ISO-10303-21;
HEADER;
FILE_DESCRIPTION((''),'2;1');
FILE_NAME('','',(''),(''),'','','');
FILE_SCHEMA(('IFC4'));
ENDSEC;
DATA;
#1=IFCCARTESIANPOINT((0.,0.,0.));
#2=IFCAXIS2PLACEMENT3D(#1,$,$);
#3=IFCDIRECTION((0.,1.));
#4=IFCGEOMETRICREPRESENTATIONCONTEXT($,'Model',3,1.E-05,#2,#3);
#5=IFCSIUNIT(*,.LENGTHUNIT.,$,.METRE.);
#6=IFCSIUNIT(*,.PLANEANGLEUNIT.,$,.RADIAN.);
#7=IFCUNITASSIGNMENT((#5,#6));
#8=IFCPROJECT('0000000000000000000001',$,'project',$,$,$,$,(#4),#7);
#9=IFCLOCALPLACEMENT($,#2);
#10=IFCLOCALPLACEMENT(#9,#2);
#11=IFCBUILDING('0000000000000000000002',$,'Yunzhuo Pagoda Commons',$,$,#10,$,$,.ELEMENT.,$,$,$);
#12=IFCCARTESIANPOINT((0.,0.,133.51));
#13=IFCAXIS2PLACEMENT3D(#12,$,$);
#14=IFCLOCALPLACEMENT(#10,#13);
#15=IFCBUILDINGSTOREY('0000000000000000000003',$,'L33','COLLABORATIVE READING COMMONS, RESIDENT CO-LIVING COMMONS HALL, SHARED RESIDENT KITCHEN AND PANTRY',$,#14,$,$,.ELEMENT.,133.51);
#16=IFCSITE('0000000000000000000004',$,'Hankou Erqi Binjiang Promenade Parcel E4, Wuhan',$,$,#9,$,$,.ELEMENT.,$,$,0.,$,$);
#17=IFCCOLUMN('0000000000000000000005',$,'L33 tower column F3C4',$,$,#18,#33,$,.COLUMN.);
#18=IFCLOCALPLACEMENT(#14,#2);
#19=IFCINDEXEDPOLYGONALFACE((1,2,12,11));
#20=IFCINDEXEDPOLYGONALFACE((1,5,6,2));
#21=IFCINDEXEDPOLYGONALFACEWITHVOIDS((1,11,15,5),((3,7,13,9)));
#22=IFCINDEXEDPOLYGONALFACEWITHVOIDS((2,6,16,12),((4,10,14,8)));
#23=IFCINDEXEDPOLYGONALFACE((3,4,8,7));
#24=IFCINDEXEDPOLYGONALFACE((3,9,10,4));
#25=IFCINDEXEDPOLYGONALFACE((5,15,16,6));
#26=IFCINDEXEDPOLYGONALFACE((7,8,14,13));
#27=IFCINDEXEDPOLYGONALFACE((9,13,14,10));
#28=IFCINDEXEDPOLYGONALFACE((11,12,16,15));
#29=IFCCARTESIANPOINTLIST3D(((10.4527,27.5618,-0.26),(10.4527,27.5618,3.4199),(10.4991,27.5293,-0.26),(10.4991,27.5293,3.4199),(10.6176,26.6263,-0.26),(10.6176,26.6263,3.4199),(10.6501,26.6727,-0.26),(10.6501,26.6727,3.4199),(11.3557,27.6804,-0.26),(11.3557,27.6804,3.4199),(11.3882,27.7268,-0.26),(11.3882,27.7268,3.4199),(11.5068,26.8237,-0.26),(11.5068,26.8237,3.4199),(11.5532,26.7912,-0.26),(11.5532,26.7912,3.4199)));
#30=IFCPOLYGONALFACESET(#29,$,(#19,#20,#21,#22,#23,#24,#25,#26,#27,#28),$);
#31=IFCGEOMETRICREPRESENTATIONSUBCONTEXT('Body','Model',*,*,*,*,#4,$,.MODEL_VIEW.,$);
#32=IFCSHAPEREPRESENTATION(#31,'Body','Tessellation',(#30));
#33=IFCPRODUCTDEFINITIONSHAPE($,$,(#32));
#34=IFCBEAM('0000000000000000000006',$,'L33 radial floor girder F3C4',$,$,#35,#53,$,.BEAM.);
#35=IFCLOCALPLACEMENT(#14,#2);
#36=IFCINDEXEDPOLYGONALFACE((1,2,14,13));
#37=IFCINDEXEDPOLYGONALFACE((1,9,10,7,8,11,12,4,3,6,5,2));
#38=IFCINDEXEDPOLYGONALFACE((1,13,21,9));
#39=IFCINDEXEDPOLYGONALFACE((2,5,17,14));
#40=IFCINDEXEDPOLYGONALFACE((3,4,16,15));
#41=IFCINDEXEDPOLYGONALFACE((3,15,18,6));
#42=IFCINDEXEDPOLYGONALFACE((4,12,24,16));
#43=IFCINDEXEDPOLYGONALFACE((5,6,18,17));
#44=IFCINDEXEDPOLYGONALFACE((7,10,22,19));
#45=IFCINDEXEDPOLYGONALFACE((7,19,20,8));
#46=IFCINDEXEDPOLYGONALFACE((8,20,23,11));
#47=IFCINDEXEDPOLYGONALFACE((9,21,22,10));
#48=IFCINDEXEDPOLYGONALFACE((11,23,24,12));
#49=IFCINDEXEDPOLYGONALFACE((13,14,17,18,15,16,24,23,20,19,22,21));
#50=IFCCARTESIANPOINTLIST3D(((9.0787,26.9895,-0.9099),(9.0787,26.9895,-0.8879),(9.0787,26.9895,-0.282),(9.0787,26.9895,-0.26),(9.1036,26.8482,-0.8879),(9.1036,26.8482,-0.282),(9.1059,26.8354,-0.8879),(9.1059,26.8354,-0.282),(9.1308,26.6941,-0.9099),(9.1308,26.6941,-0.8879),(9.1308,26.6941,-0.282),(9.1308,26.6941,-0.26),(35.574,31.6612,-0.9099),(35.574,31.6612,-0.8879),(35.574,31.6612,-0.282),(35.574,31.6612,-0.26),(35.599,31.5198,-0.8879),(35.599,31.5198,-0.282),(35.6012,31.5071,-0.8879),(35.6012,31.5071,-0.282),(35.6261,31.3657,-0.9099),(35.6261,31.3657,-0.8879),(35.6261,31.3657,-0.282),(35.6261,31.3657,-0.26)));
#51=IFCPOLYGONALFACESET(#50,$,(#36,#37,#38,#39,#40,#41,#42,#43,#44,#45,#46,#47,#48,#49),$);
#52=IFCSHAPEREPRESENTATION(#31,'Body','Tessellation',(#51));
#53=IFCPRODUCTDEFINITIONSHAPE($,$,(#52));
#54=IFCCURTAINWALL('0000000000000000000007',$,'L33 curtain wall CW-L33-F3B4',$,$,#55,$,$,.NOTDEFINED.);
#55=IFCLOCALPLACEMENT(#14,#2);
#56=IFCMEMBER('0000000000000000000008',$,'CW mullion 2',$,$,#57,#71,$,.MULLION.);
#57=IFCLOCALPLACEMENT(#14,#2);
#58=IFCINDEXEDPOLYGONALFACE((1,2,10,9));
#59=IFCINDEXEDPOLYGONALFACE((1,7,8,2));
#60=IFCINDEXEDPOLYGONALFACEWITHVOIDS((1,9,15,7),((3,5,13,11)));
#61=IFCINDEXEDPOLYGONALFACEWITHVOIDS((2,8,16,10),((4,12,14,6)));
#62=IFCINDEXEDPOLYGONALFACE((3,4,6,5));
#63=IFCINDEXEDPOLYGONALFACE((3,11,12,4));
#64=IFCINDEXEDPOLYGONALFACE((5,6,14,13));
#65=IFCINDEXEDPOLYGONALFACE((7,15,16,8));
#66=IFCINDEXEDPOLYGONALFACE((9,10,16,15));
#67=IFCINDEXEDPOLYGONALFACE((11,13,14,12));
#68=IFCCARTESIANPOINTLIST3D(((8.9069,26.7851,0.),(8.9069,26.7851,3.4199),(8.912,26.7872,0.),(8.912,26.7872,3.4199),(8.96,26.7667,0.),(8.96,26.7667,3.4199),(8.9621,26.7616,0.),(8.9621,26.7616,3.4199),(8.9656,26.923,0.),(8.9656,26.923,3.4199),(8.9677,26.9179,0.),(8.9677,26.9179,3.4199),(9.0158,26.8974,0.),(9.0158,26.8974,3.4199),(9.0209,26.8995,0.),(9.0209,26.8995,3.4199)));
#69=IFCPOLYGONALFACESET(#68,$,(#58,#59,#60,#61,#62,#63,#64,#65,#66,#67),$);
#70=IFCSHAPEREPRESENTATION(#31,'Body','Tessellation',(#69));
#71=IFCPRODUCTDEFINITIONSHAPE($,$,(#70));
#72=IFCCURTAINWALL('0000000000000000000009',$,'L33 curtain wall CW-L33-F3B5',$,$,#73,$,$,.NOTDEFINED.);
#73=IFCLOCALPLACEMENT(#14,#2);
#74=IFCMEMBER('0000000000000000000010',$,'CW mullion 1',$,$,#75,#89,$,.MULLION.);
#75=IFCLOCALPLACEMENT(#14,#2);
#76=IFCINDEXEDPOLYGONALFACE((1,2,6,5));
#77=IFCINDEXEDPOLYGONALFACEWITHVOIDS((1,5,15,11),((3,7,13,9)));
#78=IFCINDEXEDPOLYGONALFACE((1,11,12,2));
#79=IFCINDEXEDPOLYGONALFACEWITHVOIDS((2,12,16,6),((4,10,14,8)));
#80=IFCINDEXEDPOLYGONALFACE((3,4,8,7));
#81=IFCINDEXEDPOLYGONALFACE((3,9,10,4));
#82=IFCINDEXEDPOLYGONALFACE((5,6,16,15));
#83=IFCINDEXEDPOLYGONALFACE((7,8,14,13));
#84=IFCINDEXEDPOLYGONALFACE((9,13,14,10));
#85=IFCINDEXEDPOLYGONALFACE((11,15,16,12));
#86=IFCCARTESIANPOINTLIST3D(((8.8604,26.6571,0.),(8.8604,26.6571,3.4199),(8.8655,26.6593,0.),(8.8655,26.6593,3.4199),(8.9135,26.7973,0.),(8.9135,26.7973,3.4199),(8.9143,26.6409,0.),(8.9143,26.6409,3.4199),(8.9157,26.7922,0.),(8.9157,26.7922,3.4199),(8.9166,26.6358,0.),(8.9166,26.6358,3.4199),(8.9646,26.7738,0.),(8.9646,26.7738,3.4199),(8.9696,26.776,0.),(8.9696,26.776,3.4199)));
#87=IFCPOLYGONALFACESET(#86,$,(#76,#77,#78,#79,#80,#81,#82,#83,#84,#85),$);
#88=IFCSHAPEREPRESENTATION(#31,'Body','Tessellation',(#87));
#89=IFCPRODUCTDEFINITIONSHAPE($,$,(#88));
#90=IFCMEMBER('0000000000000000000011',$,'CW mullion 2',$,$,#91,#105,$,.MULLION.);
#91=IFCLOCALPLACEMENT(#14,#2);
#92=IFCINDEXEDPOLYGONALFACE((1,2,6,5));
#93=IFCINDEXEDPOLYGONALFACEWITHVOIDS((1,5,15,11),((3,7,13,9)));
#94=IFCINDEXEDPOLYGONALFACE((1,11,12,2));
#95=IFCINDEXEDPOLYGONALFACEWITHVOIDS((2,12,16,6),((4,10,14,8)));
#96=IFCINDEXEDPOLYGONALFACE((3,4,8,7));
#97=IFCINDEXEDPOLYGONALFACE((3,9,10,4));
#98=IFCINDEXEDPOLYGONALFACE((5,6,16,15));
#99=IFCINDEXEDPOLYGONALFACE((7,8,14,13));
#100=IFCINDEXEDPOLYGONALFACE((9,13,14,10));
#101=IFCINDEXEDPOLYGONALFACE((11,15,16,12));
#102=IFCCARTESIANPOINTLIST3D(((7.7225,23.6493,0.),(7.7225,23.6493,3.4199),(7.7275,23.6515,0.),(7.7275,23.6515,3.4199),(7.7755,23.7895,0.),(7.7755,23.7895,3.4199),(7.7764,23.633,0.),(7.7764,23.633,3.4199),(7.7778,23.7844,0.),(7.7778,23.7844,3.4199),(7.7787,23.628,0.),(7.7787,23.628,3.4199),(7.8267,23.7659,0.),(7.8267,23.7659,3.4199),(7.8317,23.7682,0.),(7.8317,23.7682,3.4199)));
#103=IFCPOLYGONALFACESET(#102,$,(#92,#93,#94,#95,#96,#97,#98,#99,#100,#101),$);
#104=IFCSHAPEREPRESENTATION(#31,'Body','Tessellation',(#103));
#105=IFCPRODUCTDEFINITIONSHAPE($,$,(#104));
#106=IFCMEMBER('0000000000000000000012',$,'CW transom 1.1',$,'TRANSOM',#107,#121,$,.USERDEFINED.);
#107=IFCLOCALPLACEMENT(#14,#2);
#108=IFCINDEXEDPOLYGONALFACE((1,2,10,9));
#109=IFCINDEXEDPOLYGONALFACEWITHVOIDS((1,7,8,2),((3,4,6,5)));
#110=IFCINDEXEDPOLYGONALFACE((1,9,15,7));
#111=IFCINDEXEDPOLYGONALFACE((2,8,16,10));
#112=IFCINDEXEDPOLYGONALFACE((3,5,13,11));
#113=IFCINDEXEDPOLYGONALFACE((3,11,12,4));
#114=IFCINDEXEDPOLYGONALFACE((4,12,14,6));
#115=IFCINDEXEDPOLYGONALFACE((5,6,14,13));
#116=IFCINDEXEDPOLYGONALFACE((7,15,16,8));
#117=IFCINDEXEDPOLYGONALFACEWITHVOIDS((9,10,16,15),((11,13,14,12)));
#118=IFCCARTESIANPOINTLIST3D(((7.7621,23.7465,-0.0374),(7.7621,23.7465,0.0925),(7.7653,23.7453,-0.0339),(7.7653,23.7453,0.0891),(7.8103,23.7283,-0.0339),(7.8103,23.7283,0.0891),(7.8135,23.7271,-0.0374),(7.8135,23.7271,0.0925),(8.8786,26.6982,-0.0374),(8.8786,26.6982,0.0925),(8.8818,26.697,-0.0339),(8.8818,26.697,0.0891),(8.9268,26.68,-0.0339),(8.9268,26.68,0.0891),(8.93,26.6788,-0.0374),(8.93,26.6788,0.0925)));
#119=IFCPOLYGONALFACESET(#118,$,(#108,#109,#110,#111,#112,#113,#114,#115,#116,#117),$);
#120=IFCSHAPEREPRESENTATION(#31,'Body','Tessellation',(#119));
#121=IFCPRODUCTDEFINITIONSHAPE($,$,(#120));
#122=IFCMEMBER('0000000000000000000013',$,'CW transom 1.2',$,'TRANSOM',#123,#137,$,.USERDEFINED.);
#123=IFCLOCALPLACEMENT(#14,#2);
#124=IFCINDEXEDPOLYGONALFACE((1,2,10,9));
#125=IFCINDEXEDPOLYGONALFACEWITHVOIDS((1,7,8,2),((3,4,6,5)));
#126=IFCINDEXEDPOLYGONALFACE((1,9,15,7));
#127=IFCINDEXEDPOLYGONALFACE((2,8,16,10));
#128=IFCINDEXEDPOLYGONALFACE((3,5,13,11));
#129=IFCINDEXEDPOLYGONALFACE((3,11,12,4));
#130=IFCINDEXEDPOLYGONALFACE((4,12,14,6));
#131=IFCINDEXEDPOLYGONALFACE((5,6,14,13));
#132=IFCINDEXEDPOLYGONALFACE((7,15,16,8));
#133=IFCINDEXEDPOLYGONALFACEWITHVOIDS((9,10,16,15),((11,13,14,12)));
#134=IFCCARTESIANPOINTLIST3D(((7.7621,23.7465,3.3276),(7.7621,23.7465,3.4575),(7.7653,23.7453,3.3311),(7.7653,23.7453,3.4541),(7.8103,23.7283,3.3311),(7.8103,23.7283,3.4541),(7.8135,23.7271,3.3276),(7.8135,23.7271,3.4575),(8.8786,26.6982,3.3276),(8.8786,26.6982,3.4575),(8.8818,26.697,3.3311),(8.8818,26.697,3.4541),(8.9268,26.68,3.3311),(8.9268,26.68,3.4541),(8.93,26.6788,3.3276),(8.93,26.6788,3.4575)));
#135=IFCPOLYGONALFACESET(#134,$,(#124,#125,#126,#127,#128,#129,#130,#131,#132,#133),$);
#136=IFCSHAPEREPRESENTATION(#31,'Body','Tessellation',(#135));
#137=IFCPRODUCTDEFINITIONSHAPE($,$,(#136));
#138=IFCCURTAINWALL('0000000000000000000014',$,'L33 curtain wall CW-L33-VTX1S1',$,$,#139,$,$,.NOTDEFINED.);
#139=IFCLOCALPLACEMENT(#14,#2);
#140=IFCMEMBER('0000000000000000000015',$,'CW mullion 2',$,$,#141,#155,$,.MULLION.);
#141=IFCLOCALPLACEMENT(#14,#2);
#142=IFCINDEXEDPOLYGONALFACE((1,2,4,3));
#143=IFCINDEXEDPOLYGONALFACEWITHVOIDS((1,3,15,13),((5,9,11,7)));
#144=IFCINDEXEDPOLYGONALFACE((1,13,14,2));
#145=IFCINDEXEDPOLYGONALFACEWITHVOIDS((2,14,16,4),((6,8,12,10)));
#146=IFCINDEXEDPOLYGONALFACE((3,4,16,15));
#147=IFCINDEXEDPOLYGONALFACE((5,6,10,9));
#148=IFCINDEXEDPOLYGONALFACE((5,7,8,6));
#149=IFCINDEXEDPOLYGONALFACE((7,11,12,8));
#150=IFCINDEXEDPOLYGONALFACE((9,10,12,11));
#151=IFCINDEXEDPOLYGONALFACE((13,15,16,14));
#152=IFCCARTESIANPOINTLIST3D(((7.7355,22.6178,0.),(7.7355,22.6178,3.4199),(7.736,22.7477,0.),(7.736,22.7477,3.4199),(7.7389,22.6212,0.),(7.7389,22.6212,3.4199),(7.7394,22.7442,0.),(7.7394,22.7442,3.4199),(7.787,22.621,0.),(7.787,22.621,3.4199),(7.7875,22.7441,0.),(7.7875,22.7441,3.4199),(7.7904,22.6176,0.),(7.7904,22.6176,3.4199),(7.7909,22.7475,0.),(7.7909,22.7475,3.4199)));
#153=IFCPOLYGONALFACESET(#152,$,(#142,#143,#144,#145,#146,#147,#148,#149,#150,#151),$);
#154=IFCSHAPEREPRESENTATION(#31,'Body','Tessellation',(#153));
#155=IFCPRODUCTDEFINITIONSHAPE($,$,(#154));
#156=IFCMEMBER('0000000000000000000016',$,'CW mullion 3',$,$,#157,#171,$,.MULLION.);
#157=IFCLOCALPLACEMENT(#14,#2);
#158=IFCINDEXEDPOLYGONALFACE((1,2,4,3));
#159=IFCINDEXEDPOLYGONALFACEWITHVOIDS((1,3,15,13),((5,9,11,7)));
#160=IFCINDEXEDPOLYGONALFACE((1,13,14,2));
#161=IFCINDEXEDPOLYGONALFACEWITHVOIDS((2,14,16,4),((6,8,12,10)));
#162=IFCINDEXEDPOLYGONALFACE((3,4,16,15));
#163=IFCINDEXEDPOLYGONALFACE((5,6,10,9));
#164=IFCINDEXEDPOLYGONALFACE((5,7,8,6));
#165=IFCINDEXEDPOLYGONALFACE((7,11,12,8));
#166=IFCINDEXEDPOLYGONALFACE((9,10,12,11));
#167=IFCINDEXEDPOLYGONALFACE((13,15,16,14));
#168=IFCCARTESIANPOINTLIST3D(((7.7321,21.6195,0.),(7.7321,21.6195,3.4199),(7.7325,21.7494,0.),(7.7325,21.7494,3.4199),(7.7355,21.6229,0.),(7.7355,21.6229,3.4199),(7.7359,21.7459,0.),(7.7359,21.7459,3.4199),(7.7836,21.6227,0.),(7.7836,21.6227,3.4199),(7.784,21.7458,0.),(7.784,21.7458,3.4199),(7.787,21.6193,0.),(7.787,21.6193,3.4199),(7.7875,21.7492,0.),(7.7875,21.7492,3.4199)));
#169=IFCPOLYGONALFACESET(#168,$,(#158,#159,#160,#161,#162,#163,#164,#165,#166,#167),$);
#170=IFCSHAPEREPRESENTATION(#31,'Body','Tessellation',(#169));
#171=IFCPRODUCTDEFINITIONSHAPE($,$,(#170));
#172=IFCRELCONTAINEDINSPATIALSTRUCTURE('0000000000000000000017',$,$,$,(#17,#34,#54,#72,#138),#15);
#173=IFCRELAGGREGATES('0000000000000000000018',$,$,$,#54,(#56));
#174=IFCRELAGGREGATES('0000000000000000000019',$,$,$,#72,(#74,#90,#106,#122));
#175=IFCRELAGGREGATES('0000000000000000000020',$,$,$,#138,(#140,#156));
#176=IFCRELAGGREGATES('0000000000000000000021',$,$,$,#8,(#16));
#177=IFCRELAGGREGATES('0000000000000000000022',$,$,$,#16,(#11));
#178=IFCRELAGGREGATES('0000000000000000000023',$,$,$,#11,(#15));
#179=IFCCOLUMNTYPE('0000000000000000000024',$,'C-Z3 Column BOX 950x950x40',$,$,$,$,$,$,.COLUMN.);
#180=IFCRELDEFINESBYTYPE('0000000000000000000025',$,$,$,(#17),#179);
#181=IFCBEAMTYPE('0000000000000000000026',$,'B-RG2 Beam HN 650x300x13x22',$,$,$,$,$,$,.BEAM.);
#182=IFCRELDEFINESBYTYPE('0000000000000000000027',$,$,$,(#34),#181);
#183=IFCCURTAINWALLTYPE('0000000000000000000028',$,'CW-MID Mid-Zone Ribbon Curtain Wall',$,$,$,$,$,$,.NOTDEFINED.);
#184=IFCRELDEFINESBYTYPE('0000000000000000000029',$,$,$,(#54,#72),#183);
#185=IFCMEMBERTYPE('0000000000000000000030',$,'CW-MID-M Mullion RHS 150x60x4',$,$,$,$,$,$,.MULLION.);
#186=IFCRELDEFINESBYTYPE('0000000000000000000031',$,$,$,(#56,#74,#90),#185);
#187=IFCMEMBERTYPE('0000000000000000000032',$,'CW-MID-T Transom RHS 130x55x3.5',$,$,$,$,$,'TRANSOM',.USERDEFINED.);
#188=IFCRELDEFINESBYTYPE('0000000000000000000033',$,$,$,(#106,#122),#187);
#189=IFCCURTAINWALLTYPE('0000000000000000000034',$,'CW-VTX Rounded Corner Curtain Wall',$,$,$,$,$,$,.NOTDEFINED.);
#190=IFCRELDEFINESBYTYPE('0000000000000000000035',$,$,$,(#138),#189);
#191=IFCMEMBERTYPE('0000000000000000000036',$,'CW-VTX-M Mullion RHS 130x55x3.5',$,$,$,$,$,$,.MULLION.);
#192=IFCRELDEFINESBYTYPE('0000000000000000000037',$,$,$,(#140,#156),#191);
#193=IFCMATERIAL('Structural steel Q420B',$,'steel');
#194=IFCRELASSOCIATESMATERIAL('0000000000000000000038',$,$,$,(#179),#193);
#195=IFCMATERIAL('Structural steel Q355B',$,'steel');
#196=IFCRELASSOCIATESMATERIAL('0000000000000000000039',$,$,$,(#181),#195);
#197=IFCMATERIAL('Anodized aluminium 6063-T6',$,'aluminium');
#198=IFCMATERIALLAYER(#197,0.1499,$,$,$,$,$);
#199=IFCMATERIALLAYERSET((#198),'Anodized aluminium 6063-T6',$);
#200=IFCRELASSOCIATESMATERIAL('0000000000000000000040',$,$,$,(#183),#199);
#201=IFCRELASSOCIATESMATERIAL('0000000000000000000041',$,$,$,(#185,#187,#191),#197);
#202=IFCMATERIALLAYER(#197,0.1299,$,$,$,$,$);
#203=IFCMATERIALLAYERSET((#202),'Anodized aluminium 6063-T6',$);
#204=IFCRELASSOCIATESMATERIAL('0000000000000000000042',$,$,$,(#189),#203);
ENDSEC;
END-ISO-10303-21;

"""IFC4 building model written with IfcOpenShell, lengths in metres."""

from ifc_helpers import new_model, si_unit, direction, frame, origin, origin_2d, place, context, subcontext, project, spatial, hollow_rectangle, i_section, extrude, source, transform, mapped, material, layer, layer_set, material_profile, profile_set, type_object, element, aggregate, save


model = new_model("IFC4")

# Units and contexts
model_context = context("Model", 3, precision=1e-05, world=origin(), true_north=direction((0.0, 1.0)))
body_context = subcontext(model_context, "Body", "Model", "MODEL_VIEW")
ifc_project = project(units=[si_unit("LENGTHUNIT", "METRE"), si_unit("PLANEANGLEUNIT", "RADIAN")], contexts=[model_context])

# Site, building, storey
site_placement = place(None, origin())
site = spatial("IfcSite", under=ifc_project, at=site_placement, Name="Hankou Erqi Binjiang Promenade Parcel E4, Wuhan", CompositionType="ELEMENT", RefElevation=0.0)
building_placement = place(site_placement, origin())
building = spatial("IfcBuilding", under=site, at=building_placement, Name="Yunzhuo Pagoda Commons", CompositionType="ELEMENT")
storey_placement = place(building_placement, frame((0.0, 0.0, 133.51)))
storey = spatial("IfcBuildingStorey", under=building, at=storey_placement, Name="L33", Description="COLLABORATIVE READING COMMONS, RESIDENT CO-LIVING COMMONS HALL, SHARED RESIDENT KITCHEN AND PANTRY", CompositionType="ELEMENT", Elevation=133.51)

# Column
ifc_material_1 = material(Name="Structural steel Q420B", Category="steel")
ifc_material_profile_1 = material_profile(ifc_material_1, hollow_rectangle(XDim=0.95, YDim=0.95, WallThickness=0.04, at=origin_2d()), Name="Structural steel Q420B")
ifc_profile_set_1 = profile_set([ifc_material_profile_1], Name="Structural steel Q420B")
column_type = type_object("IfcColumnType", Name="C-Z3 Column BOX 950x950x40", PredefinedType="COLUMN", material=ifc_profile_set_1)
shared_shape_1 = source(origin(), body_context, "Body", "SweptSolid", [
    extrude(hollow_rectangle(XDim=0.95, YDim=0.95, WallThickness=0.04, at=origin_2d()), origin(), (0.0, 0.0, 1.0), 3.6799),
])
column_placement = place(storey_placement, frame((11.0029, 27.1765, -0.26), z_axis=(0.0, 0.0, 1.0), x_axis=(0.173648, -0.984808, 0.0)))
element("IfcColumn", 1, at=column_placement, inside=storey, type_object=column_type, Name="L33 tower column F3C4", PredefinedType="COLUMN", context=body_context, shape_type="MappedRepresentation", body=[
    mapped(shared_shape_1, transform((0.0, 0.0, 0.0), scale=1.0)),
])

# Beam
ifc_material_2 = material(Name="Structural steel Q355B", Category="steel")
ifc_material_profile_2 = material_profile(ifc_material_2, i_section(OverallWidth=0.3, OverallDepth=0.6499, WebThickness=0.0129, FlangeThickness=0.022, at=origin_2d()), Name="Structural steel Q355B")
ifc_profile_set_2 = profile_set([ifc_material_profile_2], Name="Structural steel Q355B")
beam_type = type_object("IfcBeamType", Name="B-RG2 Beam HN 650x300x13x22", PredefinedType="BEAM", material=ifc_profile_set_2)
shared_shape_2 = source(origin(), body_context, "Body", "SweptSolid", [
    extrude(i_section(OverallWidth=0.3, OverallDepth=0.6499, WebThickness=0.0129, FlangeThickness=0.022, at=origin_2d()), origin(), (0.0, 0.0, 1.0), 26.9041),
])
beam_placement = place(storey_placement, frame((9.1047, 26.8418, -0.585), z_axis=(0.984809, 0.17364, 0.0), x_axis=(-0.17364, 0.984809, 0.0)))
element("IfcBeam", 2, at=beam_placement, inside=storey, type_object=beam_type, Name="L33 radial floor girder F3C4", PredefinedType="BEAM", context=body_context, shape_type="MappedRepresentation", body=[
    mapped(shared_shape_2, transform((0.0, 0.0, 0.0), scale=1.0)),
])

# Curtain wall, member
ifc_material_3 = material(Name="Anodized aluminium 6063-T6", Category="aluminium")
ifc_layer_1 = layer(ifc_material_3, 0.1499)
ifc_layer_set_1 = layer_set([ifc_layer_1], Name="Anodized aluminium 6063-T6")
curtain_wall_type_1 = type_object("IfcCurtainWallType", Name="CW-MID Mid-Zone Ribbon Curtain Wall", PredefinedType="NOTDEFINED", material=ifc_layer_set_1)
curtain_wall_1_placement = place(storey_placement, origin())
curtain_wall_1 = element("IfcCurtainWall", 3, at=curtain_wall_1_placement, inside=storey, type_object=curtain_wall_type_1, Name="L33 curtain wall CW-L33-F3B4", PredefinedType="NOTDEFINED")
ifc_material_profile_3 = material_profile(ifc_material_3, hollow_rectangle(XDim=0.0601, YDim=0.1499, WallThickness=0.0039, at=origin_2d()), Name="Anodized aluminium 6063-T6")
ifc_profile_set_3 = profile_set([ifc_material_profile_3], Name="Anodized aluminium 6063-T6")
member_type_1 = type_object("IfcMemberType", Name="CW-MID-M Mullion RHS 150x60x4", PredefinedType="MULLION", material=ifc_profile_set_3)
shared_shape_3 = source(origin(), body_context, "Body", "SweptSolid", [
    extrude(hollow_rectangle(XDim=0.0601, YDim=0.1499, WallThickness=0.0039, at=origin_2d()), origin(), (0.0, 0.0, 1.0), 3.4199),
])
member_1_placement = place(storey_placement, frame((8.9639, 26.8423, 0.0), z_axis=(0.0, 0.0, 1.0), x_axis=(0.919928, -0.392087, 0.0)))
member_1 = element("IfcMember", 4, at=member_1_placement, type_object=member_type_1, Name="CW mullion 2", PredefinedType="MULLION", context=body_context, shape_type="MappedRepresentation", body=[
    mapped(shared_shape_3, transform((0.0, 0.0, 0.0), scale=1.0)),
])
aggregate(curtain_wall_1, [member_1])

# Curtain walls, members
curtain_wall_2_placement = place(storey_placement, origin())
curtain_wall_2 = element("IfcCurtainWall", 5, at=curtain_wall_2_placement, inside=storey, type_object=curtain_wall_type_1, Name="L33 curtain wall CW-L33-F3B5", PredefinedType="NOTDEFINED")
member_2_placement = place(storey_placement, frame((8.915, 26.7166, 0.0), z_axis=(0.0, 0.0, 1.0), x_axis=(0.935322, -0.353798, 0.0)))
member_2 = element("IfcMember", 6, at=member_2_placement, type_object=member_type_1, Name="CW mullion 1", PredefinedType="MULLION", context=body_context, shape_type="MappedRepresentation", body=[
    mapped(shared_shape_3, transform((0.0, 0.0, 0.0), scale=1.0)),
])
member_3_placement = place(storey_placement, frame((7.7771, 23.7087, 0.0), z_axis=(0.0, 0.0, 1.0), x_axis=(0.935322, -0.353798, 0.0)))
member_3 = element("IfcMember", 7, at=member_3_placement, type_object=member_type_1, Name="CW mullion 2", PredefinedType="MULLION", context=body_context, shape_type="MappedRepresentation", body=[
    mapped(shared_shape_3, transform((0.0, 0.0, 0.0), scale=1.0)),
])
ifc_material_profile_4 = material_profile(ifc_material_3, hollow_rectangle(XDim=0.0549, YDim=0.1299, WallThickness=0.0034, at=origin_2d()), Name="Anodized aluminium 6063-T6")
ifc_profile_set_4 = profile_set([ifc_material_profile_4], Name="Anodized aluminium 6063-T6")
member_type_2 = type_object("IfcMemberType", Name="CW-MID-T Transom RHS 130x55x3.5", ElementType="TRANSOM", PredefinedType="USERDEFINED", material=ifc_profile_set_4)
shared_shape_4 = source(origin(), body_context, "Body", "SweptSolid", [
    extrude(hollow_rectangle(XDim=0.0549, YDim=0.1299, WallThickness=0.0034, at=origin_2d()), origin(), (0.0, 0.0, 1.0), 3.1558),
])
member_4_placement = place(storey_placement, frame((8.9043, 26.6885, 0.0276), z_axis=(-0.353784, -0.935327, 0.0), x_axis=(0.935327, -0.353784, 0.0)))
member_4 = element("IfcMember", 8, at=member_4_placement, type_object=member_type_2, Name="CW transom 1.1", ObjectType="TRANSOM", PredefinedType="USERDEFINED", context=body_context, shape_type="MappedRepresentation", body=[
    mapped(shared_shape_4, transform((0.0, 0.0, 0.0), scale=1.0)),
])
member_5_placement = place(storey_placement, frame((8.9043, 26.6885, 3.3926), z_axis=(-0.353784, -0.935327, 0.0), x_axis=(0.935327, -0.353784, 0.0)))
member_5 = element("IfcMember", 9, at=member_5_placement, type_object=member_type_2, Name="CW transom 1.2", ObjectType="TRANSOM", PredefinedType="USERDEFINED", context=body_context, shape_type="MappedRepresentation", body=[
    mapped(shared_shape_4, transform((0.0, 0.0, 0.0), scale=1.0)),
])
ifc_layer_2 = layer(ifc_material_3, 0.1299)
ifc_layer_set_2 = layer_set([ifc_layer_2], Name="Anodized aluminium 6063-T6")
curtain_wall_type_2 = type_object("IfcCurtainWallType", Name="CW-VTX Rounded Corner Curtain Wall", PredefinedType="NOTDEFINED", material=ifc_layer_set_2)
curtain_wall_3_placement = place(storey_placement, origin())
curtain_wall_3 = element("IfcCurtainWall", 10, at=curtain_wall_3_placement, inside=storey, type_object=curtain_wall_type_2, Name="L33 curtain wall CW-L33-VTX1S1", PredefinedType="NOTDEFINED")
ifc_material_profile_5 = material_profile(ifc_material_3, hollow_rectangle(XDim=0.0549, YDim=0.1299, WallThickness=0.0034, at=origin_2d()), Name="Anodized aluminium 6063-T6")
ifc_profile_set_5 = profile_set([ifc_material_profile_5], Name="Anodized aluminium 6063-T6")
member_type_3 = type_object("IfcMemberType", Name="CW-VTX-M Mullion RHS 130x55x3.5", PredefinedType="MULLION", material=ifc_profile_set_5)
shared_shape_5 = source(origin(), body_context, "Body", "SweptSolid", [
    extrude(hollow_rectangle(XDim=0.0549, YDim=0.1299, WallThickness=0.0034, at=origin_2d()), origin(), (0.0, 0.0, 1.0), 3.4199),
])
member_6_placement = place(storey_placement, frame((7.7632, 22.6826, 0.0), z_axis=(0.0, 0.0, 1.0), x_axis=(0.999994, -0.003587, 0.0)))
member_6 = element("IfcMember", 11, at=member_6_placement, type_object=member_type_3, Name="CW mullion 2", PredefinedType="MULLION", context=body_context, shape_type="MappedRepresentation", body=[
    mapped(shared_shape_5, transform((0.0, 0.0, 0.0), scale=1.0)),
])
member_7_placement = place(storey_placement, frame((7.7598, 21.6843, 0.0), z_axis=(0.0, 0.0, 1.0), x_axis=(0.999994, -0.003587, 0.0)))
member_7 = element("IfcMember", 12, at=member_7_placement, type_object=member_type_3, Name="CW mullion 3", PredefinedType="MULLION", context=body_context, shape_type="MappedRepresentation", body=[
    mapped(shared_shape_5, transform((0.0, 0.0, 0.0), scale=1.0)),
])

aggregate(curtain_wall_2, [member_2, member_3, member_4, member_5])
aggregate(curtain_wall_3, [member_6, member_7])

save(model, "model.ifc")
